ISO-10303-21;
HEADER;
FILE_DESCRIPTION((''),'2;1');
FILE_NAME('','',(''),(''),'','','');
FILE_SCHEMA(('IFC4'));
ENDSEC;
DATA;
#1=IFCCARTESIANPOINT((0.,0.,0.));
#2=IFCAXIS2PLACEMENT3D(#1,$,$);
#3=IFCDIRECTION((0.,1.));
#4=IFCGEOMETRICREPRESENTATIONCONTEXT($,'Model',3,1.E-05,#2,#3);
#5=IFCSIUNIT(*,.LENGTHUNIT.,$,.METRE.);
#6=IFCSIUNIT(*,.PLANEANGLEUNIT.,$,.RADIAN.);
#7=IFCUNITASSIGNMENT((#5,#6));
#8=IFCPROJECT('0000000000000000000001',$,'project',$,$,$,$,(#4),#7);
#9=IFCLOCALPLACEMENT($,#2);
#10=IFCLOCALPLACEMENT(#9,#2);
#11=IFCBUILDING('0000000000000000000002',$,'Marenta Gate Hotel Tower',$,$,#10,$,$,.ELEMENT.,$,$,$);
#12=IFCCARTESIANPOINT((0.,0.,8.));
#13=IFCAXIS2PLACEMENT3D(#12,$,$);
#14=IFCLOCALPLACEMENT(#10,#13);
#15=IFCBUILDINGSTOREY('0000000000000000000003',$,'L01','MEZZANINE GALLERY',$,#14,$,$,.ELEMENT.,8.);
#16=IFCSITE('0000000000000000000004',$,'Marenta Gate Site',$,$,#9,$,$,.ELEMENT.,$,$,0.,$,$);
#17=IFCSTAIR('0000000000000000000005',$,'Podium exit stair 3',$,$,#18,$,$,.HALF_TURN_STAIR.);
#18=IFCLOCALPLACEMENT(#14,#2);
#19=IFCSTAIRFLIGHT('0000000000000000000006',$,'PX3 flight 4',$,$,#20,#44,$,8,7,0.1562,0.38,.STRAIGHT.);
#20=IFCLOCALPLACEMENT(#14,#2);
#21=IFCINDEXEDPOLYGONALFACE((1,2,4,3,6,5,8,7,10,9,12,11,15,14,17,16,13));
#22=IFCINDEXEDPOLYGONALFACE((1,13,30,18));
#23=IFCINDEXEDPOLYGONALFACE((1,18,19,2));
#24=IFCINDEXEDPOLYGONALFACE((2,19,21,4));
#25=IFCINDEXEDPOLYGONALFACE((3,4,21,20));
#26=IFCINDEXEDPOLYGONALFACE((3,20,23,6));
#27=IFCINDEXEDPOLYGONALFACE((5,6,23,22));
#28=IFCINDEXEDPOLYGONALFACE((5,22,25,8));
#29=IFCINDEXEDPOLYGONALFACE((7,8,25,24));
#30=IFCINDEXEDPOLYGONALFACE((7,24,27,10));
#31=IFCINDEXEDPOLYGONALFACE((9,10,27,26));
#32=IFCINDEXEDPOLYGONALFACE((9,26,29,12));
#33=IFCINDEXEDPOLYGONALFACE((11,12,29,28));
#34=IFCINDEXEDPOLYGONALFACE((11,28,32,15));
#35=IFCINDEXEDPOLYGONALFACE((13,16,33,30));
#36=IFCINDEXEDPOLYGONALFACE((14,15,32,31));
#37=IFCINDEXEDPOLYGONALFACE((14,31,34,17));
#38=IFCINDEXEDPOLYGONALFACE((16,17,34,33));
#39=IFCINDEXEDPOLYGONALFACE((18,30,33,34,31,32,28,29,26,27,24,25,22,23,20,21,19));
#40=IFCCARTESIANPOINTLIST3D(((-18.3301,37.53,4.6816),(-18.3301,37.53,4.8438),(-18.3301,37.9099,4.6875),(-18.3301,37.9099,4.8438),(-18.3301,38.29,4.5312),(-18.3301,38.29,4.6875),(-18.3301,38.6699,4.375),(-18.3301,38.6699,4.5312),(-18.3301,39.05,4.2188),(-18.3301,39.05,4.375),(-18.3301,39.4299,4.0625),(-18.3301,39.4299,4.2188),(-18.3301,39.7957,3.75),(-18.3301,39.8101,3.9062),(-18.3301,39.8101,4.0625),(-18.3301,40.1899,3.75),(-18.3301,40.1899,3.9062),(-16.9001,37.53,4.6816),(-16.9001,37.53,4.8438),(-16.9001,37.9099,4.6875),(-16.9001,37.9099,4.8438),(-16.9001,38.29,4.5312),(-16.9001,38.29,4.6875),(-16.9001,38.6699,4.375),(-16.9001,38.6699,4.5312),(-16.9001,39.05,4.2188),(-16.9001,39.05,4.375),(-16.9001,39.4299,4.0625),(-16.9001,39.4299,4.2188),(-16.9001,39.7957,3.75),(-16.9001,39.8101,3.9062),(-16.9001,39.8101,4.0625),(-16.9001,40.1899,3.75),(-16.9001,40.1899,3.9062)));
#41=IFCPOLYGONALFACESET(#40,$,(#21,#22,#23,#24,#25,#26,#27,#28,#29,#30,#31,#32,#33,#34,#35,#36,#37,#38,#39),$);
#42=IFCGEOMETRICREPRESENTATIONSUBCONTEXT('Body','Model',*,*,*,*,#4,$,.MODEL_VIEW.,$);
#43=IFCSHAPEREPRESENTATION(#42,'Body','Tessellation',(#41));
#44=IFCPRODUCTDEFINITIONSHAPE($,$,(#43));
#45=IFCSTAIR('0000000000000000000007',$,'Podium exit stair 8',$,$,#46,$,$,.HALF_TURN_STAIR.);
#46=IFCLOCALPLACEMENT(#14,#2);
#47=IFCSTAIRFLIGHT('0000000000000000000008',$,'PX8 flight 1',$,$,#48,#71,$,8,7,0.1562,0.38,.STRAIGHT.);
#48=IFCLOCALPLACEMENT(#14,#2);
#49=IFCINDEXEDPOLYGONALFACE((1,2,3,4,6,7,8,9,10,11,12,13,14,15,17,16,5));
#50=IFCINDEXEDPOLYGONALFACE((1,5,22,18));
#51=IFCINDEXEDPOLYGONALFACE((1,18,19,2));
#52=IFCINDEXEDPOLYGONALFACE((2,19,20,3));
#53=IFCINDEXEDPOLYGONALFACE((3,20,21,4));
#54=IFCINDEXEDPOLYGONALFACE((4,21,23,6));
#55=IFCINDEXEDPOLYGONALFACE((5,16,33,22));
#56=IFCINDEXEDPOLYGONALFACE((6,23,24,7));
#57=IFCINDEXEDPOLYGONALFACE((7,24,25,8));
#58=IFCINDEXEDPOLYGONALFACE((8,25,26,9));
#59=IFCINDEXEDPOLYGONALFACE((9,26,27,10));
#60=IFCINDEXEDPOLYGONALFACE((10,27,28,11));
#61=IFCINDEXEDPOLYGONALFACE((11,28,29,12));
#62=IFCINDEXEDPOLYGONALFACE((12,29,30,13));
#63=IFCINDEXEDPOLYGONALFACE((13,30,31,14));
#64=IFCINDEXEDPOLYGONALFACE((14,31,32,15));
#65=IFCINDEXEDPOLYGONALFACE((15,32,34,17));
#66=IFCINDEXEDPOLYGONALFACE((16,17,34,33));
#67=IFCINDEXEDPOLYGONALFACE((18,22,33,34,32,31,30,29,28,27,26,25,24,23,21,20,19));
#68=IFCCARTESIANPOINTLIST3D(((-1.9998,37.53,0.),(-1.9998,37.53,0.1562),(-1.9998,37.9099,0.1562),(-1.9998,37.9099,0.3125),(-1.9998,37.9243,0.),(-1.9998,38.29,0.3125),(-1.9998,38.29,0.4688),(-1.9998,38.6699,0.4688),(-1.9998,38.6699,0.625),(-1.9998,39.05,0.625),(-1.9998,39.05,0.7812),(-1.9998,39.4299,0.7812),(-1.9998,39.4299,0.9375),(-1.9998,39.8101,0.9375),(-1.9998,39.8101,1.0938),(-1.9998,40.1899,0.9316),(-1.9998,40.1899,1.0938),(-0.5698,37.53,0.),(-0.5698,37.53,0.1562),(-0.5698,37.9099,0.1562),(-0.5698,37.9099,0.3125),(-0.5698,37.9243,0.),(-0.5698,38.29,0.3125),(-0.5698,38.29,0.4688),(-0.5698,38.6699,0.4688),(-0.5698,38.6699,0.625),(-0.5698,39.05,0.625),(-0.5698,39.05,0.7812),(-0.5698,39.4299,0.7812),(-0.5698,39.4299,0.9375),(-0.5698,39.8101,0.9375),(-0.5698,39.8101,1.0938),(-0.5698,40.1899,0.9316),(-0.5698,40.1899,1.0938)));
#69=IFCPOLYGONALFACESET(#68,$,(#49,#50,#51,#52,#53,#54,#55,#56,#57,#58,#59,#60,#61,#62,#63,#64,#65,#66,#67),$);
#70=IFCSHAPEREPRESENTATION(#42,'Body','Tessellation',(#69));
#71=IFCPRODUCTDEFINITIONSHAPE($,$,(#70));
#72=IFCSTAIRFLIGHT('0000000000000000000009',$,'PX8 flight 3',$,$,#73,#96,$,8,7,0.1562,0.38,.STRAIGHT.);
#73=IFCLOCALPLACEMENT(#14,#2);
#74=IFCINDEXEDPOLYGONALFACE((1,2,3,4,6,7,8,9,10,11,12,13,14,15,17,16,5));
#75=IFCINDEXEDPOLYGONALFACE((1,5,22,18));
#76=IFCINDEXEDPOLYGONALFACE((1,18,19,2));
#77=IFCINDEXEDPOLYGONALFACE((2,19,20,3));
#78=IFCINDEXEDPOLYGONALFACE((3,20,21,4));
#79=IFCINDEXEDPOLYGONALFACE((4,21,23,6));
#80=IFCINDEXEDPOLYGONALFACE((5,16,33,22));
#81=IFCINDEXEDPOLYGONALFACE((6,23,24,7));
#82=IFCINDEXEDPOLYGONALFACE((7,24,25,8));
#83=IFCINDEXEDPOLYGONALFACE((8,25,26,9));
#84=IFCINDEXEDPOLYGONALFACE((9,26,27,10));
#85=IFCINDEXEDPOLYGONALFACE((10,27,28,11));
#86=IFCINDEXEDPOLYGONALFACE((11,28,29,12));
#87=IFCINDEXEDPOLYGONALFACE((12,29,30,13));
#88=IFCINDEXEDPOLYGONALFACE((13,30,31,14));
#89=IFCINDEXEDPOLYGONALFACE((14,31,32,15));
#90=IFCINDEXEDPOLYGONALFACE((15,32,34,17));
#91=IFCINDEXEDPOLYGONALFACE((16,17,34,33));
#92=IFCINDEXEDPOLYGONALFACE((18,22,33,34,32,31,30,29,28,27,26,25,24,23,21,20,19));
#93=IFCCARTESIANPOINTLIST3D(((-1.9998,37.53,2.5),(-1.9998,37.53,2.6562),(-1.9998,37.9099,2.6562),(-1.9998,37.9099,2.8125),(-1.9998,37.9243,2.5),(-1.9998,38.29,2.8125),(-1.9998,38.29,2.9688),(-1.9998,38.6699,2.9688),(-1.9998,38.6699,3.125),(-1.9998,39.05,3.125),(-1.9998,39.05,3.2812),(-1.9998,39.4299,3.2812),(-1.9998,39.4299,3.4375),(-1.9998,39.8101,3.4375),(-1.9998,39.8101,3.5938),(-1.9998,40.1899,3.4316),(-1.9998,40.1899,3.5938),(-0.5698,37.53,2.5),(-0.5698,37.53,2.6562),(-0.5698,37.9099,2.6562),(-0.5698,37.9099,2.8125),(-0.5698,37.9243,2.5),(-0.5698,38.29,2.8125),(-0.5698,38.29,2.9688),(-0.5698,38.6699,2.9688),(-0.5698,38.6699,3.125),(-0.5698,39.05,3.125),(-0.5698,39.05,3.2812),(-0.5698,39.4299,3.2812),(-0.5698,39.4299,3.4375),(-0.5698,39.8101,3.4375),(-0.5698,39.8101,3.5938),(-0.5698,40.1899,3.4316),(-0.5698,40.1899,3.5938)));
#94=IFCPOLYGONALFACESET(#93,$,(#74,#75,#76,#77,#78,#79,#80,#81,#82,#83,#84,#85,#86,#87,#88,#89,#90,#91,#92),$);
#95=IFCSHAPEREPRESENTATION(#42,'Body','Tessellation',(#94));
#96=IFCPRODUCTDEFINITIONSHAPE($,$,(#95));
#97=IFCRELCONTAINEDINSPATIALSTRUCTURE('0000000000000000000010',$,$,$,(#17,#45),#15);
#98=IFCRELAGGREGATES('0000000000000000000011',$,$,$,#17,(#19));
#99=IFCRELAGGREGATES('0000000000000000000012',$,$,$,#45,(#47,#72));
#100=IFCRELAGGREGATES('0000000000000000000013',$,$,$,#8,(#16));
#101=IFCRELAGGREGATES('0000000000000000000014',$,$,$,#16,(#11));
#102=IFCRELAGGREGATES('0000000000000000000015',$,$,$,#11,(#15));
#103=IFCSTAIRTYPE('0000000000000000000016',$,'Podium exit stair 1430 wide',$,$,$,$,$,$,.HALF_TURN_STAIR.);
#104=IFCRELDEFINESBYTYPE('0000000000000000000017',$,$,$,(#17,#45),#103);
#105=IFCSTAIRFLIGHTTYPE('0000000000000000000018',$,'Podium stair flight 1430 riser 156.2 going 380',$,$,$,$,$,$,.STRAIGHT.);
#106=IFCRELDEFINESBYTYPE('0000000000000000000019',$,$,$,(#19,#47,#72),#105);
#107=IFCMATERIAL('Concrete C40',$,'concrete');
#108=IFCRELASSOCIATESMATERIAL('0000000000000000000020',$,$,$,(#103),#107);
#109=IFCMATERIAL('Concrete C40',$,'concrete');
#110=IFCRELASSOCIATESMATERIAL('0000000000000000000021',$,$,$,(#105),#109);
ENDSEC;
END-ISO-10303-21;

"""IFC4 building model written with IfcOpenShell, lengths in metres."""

from ifc_helpers import new_model, si_unit, direction, frame, origin, place, context, subcontext, project, spatial, polyline, outline, extrude, material, type_object, element, aggregate, save


model = new_model("IFC4")

# Units and contexts
model_context = context("Model", 3, precision=1e-05, world=origin(), true_north=direction((0.0, 1.0)))
body_context = subcontext(model_context, "Body", "Model", "MODEL_VIEW")
ifc_project = project(units=[si_unit("LENGTHUNIT", "METRE"), si_unit("PLANEANGLEUNIT", "RADIAN")], contexts=[model_context])

# Site, building, storey
site_placement = place(None, origin())
site = spatial("IfcSite", under=ifc_project, at=site_placement, Name="Marenta Gate Site", CompositionType="ELEMENT", RefElevation=0.0)
building_placement = place(site_placement, origin())
building = spatial("IfcBuilding", under=site, at=building_placement, Name="Marenta Gate Hotel Tower", CompositionType="ELEMENT")
storey_placement = place(building_placement, frame((0.0, 0.0, 8.0)))
storey = spatial("IfcBuildingStorey", under=building, at=storey_placement, Name="L01", Description="MEZZANINE GALLERY", CompositionType="ELEMENT", Elevation=8.0)

# Stairs, stair flights
ifc_material_1 = material(Name="Concrete C40", Category="concrete")
stair_type = type_object("IfcStairType", Name="Podium exit stair 1430 wide", PredefinedType="HALF_TURN_STAIR", material=ifc_material_1)
stair_1_placement = place(storey_placement, origin())
stair_1 = element("IfcStair", 1, at=stair_1_placement, inside=storey, type_object=stair_type, Name="Podium exit stair 3", PredefinedType="HALF_TURN_STAIR")
ifc_material_2 = material(Name="Concrete C40", Category="concrete")
stair_flight_type = type_object("IfcStairFlightType", Name="Podium stair flight 1430 riser 156.2 going 380", PredefinedType="STRAIGHT", material=ifc_material_2)
stair_flight_1_placement = place(storey_placement, frame((-17.615, 40.1899, 3.75), z_axis=(0.0, 0.0, 1.0), x_axis=(0.0, -1.0, 0.0)))
stair_flight_1 = element("IfcStairFlight", 2, at=stair_flight_1_placement, type_object=stair_flight_type, Name="PX3 flight 4", NumberOfRisers=8, NumberOfTreads=7, PredefinedType="STRAIGHT", RiserHeight=0.1562, TreadLength=0.38, context=body_context, shape_type="SweptSolid", body=[
    extrude(outline(polyline([(0.0, 0.0), (0.0, 0.1562), (0.3799, 0.1562), (0.3799, 0.3125), (0.76, 0.3125), (0.76, 0.4688), (1.1399, 0.4688), (1.1399, 0.625), (1.52, 0.625), (1.52, 0.7812), (1.8999, 0.7812), (1.8999, 0.9375), (2.28, 0.9375), (2.28, 1.0938), (2.6599, 1.0938), (2.6599, 1.25), (2.6599, 0.9316), (0.3943, 0.0), (0.0, 0.0)])), frame((0.0, 0.7148, 0.0), z_axis=(0.0, -1.0, 0.0), x_axis=(1.0, 0.0, 0.0)), (0.0, 0.0, 1.0), 1.4299),
])
aggregate(stair_1, [stair_flight_1])
stair_2_placement = place(storey_placement, origin())
stair_2 = element("IfcStair", 3, at=stair_2_placement, inside=storey, type_object=stair_type, Name="Podium exit stair 8", PredefinedType="HALF_TURN_STAIR")
stair_flight_2_placement = place(storey_placement, frame((-1.2849, 37.53, 0.0), z_axis=(0.0, 0.0, 1.0), x_axis=(0.0, 1.0, 0.0)))
stair_flight_2 = element("IfcStairFlight", 4, at=stair_flight_2_placement, type_object=stair_flight_type, Name="PX8 flight 1", NumberOfRisers=8, NumberOfTreads=7, PredefinedType="STRAIGHT", RiserHeight=0.1562, TreadLength=0.38, context=body_context, shape_type="SweptSolid", body=[
    extrude(outline(polyline([(0.0, 0.0), (0.0, 0.1562), (0.3799, 0.1562), (0.3799, 0.3125), (0.76, 0.3125), (0.76, 0.4688), (1.1399, 0.4688), (1.1399, 0.625), (1.52, 0.625), (1.52, 0.7812), (1.8999, 0.7812), (1.8999, 0.9375), (2.28, 0.9375), (2.28, 1.0938), (2.6599, 1.0938), (2.6599, 1.25), (2.6599, 0.9316), (0.3943, 0.0), (0.0, 0.0)])), frame((0.0, 0.7148, 0.0), z_axis=(0.0, -1.0, 0.0), x_axis=(1.0, 0.0, 0.0)), (0.0, 0.0, 1.0), 1.4299),
])
stair_flight_3_placement = place(storey_placement, frame((-1.2849, 37.53, 2.5), z_axis=(0.0, 0.0, 1.0), x_axis=(0.0, 1.0, 0.0)))
stair_flight_3 = element("IfcStairFlight", 5, at=stair_flight_3_placement, type_object=stair_flight_type, Name="PX8 flight 3", NumberOfRisers=8, NumberOfTreads=7, PredefinedType="STRAIGHT", RiserHeight=0.1562, TreadLength=0.38, context=body_context, shape_type="SweptSolid", body=[
    extrude(outline(polyline([(0.0, 0.0), (0.0, 0.1562), (0.3799, 0.1562), (0.3799, 0.3125), (0.76, 0.3125), (0.76, 0.4688), (1.1399, 0.4688), (1.1399, 0.625), (1.52, 0.625), (1.52, 0.7812), (1.8999, 0.7812), (1.8999, 0.9375), (2.28, 0.9375), (2.28, 1.0938), (2.6599, 1.0938), (2.6599, 1.25), (2.6599, 0.9316), (0.3943, 0.0), (0.0, 0.0)])), frame((0.0, 0.7148, 0.0), z_axis=(0.0, -1.0, 0.0), x_axis=(1.0, 0.0, 0.0)), (0.0, 0.0, 1.0), 1.4299),
])
aggregate(stair_2, [stair_flight_2, stair_flight_3])

save(model, "model.ifc")
